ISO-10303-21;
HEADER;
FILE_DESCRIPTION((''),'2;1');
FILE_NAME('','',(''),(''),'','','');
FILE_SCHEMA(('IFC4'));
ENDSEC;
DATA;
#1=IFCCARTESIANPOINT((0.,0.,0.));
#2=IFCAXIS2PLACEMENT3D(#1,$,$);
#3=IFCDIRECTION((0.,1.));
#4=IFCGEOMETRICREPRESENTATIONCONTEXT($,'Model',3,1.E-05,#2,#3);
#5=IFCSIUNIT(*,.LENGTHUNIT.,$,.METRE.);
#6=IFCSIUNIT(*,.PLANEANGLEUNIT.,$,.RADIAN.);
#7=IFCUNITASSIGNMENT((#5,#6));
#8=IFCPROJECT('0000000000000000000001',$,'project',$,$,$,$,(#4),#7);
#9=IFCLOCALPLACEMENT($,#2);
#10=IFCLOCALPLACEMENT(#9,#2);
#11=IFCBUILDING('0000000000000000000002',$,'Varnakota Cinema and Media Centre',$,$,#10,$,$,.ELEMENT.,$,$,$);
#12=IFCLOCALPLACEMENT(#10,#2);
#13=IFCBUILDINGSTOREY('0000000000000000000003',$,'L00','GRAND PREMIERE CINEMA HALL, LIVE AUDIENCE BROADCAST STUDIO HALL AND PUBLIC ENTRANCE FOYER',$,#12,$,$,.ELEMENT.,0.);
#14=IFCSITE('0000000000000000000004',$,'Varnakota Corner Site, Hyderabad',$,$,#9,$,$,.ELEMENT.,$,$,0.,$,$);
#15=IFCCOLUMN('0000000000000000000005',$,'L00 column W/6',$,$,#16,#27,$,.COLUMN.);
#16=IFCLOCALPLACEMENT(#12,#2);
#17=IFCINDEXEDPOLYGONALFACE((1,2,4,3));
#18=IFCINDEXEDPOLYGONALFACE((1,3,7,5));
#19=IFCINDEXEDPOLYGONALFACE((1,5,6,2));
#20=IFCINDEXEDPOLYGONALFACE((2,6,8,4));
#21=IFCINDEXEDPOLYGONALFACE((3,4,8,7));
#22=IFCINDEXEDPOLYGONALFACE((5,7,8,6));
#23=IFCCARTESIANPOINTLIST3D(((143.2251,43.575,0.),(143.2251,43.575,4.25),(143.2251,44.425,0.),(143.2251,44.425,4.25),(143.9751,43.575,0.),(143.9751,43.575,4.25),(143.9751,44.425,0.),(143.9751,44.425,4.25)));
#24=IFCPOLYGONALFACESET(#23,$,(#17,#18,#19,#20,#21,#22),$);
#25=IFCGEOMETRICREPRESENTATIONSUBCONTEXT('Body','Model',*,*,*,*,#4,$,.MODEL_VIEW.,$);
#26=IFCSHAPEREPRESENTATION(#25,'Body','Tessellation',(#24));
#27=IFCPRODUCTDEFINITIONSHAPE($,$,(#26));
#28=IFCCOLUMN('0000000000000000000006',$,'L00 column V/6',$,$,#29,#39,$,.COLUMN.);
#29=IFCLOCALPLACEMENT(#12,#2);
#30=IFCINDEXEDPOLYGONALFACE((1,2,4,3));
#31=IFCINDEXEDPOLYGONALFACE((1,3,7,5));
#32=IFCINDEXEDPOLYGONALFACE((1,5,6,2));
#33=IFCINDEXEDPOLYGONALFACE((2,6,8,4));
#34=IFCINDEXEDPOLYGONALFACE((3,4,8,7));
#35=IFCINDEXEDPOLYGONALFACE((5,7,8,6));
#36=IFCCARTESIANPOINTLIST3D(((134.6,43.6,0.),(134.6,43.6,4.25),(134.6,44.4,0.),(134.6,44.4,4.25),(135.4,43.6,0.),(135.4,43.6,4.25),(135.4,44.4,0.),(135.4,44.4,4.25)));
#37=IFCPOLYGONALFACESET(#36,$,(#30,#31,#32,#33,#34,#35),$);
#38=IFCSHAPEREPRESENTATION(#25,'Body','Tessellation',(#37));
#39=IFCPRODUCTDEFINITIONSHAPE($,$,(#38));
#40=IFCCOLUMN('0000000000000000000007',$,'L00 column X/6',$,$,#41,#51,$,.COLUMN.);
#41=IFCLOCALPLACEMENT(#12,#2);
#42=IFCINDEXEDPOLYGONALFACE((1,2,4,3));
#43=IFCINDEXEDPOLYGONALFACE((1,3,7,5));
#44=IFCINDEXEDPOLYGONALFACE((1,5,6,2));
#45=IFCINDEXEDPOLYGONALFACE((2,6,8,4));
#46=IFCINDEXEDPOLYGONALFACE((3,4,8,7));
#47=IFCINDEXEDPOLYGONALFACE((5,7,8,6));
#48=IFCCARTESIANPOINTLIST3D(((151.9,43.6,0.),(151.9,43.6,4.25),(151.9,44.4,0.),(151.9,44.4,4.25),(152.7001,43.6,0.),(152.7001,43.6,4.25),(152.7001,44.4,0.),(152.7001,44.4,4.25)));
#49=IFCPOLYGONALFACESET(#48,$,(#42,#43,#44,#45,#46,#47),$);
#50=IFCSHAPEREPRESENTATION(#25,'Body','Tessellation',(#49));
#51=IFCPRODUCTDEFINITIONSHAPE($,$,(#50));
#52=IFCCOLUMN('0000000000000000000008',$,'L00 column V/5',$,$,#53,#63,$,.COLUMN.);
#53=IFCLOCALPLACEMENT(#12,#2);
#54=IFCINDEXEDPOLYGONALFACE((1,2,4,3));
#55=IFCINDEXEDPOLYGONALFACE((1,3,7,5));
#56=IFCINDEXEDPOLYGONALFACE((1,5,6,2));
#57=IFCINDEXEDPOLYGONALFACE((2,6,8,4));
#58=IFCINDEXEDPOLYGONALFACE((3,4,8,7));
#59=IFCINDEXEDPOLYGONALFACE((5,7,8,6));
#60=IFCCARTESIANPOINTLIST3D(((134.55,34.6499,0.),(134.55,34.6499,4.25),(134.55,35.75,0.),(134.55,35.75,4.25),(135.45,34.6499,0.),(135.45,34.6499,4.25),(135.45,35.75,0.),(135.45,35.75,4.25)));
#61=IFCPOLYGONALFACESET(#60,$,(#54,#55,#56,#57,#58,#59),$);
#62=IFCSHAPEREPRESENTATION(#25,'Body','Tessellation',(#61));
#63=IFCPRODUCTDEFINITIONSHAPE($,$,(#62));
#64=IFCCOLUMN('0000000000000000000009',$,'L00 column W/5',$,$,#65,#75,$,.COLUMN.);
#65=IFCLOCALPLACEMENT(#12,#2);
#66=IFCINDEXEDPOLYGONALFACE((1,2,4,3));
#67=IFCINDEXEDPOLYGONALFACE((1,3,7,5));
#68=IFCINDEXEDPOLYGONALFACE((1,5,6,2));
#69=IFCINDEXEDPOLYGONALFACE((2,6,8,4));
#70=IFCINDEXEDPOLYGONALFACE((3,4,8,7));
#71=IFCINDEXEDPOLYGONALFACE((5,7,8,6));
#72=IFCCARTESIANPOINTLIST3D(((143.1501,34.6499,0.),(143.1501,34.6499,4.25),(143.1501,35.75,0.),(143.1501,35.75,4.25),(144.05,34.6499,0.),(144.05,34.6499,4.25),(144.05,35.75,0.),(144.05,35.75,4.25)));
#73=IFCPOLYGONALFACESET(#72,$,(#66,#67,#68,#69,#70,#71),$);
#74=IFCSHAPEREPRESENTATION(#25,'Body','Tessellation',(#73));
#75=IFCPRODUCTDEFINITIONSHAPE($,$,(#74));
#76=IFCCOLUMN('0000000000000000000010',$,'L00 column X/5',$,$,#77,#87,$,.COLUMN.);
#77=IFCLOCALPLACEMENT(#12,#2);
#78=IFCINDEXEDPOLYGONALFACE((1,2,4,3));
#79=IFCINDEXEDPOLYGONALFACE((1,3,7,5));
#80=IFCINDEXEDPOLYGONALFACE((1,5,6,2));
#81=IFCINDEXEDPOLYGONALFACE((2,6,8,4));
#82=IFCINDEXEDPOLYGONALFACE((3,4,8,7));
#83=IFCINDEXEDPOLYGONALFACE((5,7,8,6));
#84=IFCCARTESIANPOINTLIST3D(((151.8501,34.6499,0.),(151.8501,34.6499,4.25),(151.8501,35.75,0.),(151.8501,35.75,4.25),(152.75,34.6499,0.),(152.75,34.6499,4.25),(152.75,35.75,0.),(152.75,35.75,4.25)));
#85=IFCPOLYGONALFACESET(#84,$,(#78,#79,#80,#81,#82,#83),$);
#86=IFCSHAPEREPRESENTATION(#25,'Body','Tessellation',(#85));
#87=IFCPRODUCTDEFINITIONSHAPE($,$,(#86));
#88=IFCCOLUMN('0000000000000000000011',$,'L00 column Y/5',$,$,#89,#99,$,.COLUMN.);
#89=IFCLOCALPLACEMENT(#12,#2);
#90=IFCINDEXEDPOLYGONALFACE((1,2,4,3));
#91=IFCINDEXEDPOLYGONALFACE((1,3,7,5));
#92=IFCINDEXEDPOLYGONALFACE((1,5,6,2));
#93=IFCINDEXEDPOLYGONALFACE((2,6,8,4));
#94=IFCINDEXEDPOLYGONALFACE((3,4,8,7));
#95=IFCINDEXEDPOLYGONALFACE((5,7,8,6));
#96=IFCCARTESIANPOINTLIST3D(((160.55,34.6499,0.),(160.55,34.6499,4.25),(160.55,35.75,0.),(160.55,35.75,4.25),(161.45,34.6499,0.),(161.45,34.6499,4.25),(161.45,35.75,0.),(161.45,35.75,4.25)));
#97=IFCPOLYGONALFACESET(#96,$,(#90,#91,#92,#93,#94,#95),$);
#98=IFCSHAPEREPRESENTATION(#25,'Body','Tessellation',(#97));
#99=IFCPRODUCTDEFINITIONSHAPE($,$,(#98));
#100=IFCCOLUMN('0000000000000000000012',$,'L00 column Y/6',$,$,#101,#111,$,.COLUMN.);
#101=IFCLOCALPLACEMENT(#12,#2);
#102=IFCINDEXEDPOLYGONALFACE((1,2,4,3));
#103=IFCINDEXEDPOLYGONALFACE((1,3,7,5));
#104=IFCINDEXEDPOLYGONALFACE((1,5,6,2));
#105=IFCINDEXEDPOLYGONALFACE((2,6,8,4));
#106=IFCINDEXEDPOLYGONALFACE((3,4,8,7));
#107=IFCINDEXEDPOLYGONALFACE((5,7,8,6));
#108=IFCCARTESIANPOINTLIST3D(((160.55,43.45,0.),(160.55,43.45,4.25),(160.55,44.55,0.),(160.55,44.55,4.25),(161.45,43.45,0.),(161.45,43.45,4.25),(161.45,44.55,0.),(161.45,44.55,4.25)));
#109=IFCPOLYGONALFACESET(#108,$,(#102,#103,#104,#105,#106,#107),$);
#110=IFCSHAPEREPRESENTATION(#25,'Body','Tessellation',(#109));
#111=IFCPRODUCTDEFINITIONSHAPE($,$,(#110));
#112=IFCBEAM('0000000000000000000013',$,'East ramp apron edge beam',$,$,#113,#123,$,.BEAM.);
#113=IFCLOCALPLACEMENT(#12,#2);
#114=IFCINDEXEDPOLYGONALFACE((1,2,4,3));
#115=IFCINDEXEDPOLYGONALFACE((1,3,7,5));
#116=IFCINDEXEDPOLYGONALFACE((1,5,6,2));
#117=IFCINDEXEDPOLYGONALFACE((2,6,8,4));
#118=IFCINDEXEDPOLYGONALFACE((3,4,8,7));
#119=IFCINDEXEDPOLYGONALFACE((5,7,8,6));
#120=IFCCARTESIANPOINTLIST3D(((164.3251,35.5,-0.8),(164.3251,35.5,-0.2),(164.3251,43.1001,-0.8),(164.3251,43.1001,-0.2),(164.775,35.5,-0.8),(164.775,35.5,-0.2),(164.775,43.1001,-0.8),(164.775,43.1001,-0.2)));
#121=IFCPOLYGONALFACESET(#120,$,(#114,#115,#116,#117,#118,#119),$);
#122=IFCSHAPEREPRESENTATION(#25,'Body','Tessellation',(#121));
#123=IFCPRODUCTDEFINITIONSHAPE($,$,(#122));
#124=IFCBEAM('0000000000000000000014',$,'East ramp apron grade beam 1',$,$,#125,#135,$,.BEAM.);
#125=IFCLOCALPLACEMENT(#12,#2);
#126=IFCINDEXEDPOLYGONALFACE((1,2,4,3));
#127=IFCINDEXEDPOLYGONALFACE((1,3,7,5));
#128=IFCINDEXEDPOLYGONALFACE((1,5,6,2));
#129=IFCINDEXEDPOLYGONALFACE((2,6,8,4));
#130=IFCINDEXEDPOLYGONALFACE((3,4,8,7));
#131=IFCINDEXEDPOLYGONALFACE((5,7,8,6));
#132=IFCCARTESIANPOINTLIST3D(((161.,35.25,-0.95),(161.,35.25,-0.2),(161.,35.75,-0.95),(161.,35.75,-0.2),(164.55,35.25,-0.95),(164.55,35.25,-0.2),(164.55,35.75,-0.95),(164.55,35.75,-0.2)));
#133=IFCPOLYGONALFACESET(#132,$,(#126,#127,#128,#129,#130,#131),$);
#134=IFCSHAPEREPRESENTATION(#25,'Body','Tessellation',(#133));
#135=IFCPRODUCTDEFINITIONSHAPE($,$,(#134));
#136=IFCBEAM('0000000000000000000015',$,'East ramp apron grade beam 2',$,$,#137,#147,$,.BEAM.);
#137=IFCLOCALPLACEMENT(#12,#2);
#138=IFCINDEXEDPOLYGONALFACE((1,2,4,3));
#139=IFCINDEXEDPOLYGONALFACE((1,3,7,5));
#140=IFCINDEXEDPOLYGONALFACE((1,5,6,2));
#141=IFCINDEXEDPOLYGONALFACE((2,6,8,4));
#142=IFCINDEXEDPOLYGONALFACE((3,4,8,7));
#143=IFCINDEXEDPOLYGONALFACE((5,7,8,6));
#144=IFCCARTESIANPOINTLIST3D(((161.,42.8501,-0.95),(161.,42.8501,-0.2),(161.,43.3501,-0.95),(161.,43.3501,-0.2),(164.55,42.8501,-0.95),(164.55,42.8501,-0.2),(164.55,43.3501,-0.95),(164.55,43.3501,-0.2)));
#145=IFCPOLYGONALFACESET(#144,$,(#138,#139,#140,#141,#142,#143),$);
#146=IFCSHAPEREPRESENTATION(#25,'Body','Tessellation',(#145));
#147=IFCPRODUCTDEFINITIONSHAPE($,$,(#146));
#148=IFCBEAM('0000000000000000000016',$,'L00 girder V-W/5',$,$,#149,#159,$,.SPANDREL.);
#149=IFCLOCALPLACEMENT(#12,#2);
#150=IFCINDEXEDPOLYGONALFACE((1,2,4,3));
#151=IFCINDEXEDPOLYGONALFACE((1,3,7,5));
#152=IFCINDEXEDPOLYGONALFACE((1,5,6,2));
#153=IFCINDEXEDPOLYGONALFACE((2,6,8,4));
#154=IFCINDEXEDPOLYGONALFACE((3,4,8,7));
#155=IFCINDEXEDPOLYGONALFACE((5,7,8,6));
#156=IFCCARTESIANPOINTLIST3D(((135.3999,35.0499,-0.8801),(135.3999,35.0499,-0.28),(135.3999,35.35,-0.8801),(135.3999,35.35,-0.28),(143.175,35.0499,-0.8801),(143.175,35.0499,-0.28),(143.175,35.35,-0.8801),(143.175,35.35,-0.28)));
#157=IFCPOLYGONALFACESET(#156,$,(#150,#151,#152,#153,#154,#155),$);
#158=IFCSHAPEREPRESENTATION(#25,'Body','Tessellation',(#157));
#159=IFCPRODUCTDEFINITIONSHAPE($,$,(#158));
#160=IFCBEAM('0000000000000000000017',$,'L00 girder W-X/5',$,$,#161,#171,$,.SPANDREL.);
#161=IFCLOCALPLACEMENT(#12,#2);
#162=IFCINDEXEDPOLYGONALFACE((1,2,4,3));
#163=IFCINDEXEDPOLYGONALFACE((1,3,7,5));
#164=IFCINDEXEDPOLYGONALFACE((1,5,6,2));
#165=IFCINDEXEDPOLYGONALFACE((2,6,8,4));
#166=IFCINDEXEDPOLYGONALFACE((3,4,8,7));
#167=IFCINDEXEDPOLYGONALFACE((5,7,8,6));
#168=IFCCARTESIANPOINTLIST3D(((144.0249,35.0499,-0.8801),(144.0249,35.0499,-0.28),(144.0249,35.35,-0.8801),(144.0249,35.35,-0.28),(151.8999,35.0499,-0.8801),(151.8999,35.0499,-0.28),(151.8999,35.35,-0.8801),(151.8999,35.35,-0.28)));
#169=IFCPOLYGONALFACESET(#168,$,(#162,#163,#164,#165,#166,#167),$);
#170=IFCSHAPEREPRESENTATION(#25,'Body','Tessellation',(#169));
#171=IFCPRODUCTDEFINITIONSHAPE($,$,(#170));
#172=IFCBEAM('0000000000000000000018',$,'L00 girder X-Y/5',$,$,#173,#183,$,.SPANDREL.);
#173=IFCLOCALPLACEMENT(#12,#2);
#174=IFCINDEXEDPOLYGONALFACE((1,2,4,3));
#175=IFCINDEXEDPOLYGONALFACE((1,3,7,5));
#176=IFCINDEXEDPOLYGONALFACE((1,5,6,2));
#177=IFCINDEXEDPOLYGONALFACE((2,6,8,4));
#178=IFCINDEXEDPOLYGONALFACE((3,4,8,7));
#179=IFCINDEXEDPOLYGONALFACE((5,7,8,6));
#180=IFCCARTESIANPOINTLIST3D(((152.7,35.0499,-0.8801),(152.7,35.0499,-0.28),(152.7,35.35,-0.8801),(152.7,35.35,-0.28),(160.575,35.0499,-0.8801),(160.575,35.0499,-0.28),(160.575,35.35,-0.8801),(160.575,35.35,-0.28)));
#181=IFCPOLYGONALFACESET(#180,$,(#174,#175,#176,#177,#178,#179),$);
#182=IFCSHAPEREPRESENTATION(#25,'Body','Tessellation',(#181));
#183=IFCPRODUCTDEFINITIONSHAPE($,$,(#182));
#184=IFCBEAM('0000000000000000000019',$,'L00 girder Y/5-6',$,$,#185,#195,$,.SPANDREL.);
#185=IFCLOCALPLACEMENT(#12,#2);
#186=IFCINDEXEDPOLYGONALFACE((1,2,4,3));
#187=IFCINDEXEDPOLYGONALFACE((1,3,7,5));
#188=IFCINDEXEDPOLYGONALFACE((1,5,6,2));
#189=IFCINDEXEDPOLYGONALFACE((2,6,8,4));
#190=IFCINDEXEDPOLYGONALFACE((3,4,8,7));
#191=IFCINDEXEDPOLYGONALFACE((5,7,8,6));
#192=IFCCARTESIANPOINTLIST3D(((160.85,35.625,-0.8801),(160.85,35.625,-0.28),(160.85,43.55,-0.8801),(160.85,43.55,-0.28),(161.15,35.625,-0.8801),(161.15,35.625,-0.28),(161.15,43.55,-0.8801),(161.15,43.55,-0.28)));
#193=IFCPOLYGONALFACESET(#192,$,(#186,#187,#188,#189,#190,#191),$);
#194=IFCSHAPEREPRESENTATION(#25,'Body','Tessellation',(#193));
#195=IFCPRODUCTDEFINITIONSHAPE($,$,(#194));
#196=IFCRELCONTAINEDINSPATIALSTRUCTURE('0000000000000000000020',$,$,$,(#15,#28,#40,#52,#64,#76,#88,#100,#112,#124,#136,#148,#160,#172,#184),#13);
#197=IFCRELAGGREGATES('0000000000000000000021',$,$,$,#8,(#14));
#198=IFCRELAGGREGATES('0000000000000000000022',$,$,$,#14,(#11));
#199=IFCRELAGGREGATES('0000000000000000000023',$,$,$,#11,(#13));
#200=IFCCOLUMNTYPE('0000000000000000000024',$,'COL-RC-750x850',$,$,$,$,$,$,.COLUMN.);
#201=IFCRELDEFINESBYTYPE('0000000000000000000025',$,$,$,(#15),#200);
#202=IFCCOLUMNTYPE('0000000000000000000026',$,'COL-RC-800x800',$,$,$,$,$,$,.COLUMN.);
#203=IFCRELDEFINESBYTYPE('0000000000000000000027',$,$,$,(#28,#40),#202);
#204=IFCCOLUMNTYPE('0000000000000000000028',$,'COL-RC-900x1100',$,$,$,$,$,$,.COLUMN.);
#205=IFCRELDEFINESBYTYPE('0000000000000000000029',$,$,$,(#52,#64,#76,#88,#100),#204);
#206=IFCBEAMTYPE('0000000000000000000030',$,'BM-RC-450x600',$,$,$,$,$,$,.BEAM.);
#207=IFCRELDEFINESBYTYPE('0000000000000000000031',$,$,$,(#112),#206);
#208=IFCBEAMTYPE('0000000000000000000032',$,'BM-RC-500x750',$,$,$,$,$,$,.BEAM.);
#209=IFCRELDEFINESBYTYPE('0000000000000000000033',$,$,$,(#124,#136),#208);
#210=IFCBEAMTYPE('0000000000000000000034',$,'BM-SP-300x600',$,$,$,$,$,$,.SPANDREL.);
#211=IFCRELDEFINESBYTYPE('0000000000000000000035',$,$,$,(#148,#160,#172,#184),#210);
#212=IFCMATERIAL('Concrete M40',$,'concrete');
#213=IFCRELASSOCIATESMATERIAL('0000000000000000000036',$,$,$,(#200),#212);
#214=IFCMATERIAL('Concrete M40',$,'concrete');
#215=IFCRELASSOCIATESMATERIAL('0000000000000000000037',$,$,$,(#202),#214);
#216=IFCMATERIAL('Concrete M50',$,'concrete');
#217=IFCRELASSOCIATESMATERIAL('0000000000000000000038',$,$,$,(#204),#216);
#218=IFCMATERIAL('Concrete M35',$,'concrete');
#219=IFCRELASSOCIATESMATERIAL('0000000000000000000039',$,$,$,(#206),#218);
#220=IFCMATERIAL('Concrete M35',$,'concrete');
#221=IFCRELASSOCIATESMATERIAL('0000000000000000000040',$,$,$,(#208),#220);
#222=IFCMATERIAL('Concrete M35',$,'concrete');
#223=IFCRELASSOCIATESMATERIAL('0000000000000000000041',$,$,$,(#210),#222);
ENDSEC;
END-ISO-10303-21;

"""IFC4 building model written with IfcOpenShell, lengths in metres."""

from ifc_helpers import new_model, si_unit, direction, frame, origin, origin_2d, place, context, subcontext, project, spatial, rectangle, extrude, material, material_profile, profile_set, type_object, element, save


model = new_model("IFC4")

# Units and contexts
model_context = context("Model", 3, precision=1e-05, world=origin(), true_north=direction((0.0, 1.0)))
body_context = subcontext(model_context, "Body", "Model", "MODEL_VIEW")
ifc_project = project(units=[si_unit("LENGTHUNIT", "METRE"), si_unit("PLANEANGLEUNIT", "RADIAN")], contexts=[model_context])

# Site, building, storey
site_placement = place(None, origin())
site = spatial("IfcSite", under=ifc_project, at=site_placement, Name="Varnakota Corner Site, Hyderabad", CompositionType="ELEMENT", RefElevation=0.0)
building_placement = place(site_placement, origin())
building = spatial("IfcBuilding", under=site, at=building_placement, Name="Varnakota Cinema and Media Centre", CompositionType="ELEMENT")
storey_placement = place(building_placement, origin())
storey = spatial("IfcBuildingStorey", under=building, at=storey_placement, Name="L00", Description="GRAND PREMIERE CINEMA HALL, LIVE AUDIENCE BROADCAST STUDIO HALL AND PUBLIC ENTRANCE FOYER", CompositionType="ELEMENT", Elevation=0.0)

# Columns
ifc_material_1 = material(Name="Concrete M40", Category="concrete")
ifc_material_profile_1 = material_profile(ifc_material_1, rectangle(XDim=0.75, YDim=0.8501, at=origin_2d()), Name="RC 750x850")
ifc_profile_set_1 = profile_set([ifc_material_profile_1], Name="Concrete M40")
column_type_1 = type_object("IfcColumnType", Name="COL-RC-750x850", PredefinedType="COLUMN", material=ifc_profile_set_1)
column_placement = place(storey_placement, frame((143.6001, 44.0, 0.0), z_axis=(0.0, 0.0, 1.0), x_axis=(1.0, 0.0, 0.0)))
element("IfcColumn", 1, at=column_placement, inside=storey, type_object=column_type_1, Name="L00 column W/6", PredefinedType="COLUMN", context=body_context, shape_type="SweptSolid", body=[
    extrude(rectangle(XDim=0.75, YDim=0.8501, at=origin_2d()), origin(), (0.0, 0.0, 1.0), 4.25),
])
ifc_material_2 = material(Name="Concrete M40", Category="concrete")
ifc_material_profile_2 = material_profile(ifc_material_2, rectangle(XDim=0.8, YDim=0.8, at=origin_2d()), Name="RC 800x800")
ifc_profile_set_2 = profile_set([ifc_material_profile_2], Name="Concrete M40")
column_type_2 = type_object("IfcColumnType", Name="COL-RC-800x800", PredefinedType="COLUMN", material=ifc_profile_set_2)
for number, where, z_axis, x_axis, name in (
    (2, (135.0, 44.0, 0.0), (0.0, 0.0, 1.0), (1.0, 0.0, 0.0), "L00 column V/6"),
    (3, (152.3, 44.0, 0.0), (0.0, 0.0, 1.0), (1.0, 0.0, 0.0), "L00 column X/6"),
):
    element("IfcColumn", number, at=place(storey_placement, frame(where, z_axis=z_axis, x_axis=x_axis)), inside=storey, type_object=column_type_2, Name=name, PredefinedType="COLUMN", context=body_context, shape_type="SweptSolid", body=[
        extrude(rectangle(XDim=0.8, YDim=0.8, at=origin_2d()), origin(), (0.0, 0.0, 1.0), 4.25),
    ])
ifc_material_3 = material(Name="Concrete M50", Category="concrete")
ifc_material_profile_3 = material_profile(ifc_material_3, rectangle(XDim=0.8999, YDim=1.1001, at=origin_2d()), Name="RC 900x1100")
ifc_profile_set_3 = profile_set([ifc_material_profile_3], Name="Concrete M50")
column_type_3 = type_object("IfcColumnType", Name="COL-RC-900x1100", PredefinedType="COLUMN", material=ifc_profile_set_3)
for number, where, z_axis, x_axis, name in (
    (4, (135.0, 35.2, 0.0), (0.0, 0.0, 1.0), (1.0, 0.0, 0.0), "L00 column V/5"),
    (5, (143.6001, 35.2, 0.0), (0.0, 0.0, 1.0), (1.0, 0.0, 0.0), "L00 column W/5"),
    (6, (152.3, 35.2, 0.0), (0.0, 0.0, 1.0), (1.0, 0.0, 0.0), "L00 column X/5"),
    (7, (161.0, 35.2, 0.0), (0.0, 0.0, 1.0), (1.0, 0.0, 0.0), "L00 column Y/5"),
    (8, (161.0, 44.0, 0.0), (0.0, 0.0, 1.0), (1.0, 0.0, 0.0), "L00 column Y/6"),
):
    element("IfcColumn", number, at=place(storey_placement, frame(where, z_axis=z_axis, x_axis=x_axis)), inside=storey, type_object=column_type_3, Name=name, PredefinedType="COLUMN", context=body_context, shape_type="SweptSolid", body=[
        extrude(rectangle(XDim=0.8999, YDim=1.1001, at=origin_2d()), origin(), (0.0, 0.0, 1.0), 4.25),
    ])

# Beams
ifc_material_4 = material(Name="Concrete M35", Category="concrete")
ifc_material_profile_4 = material_profile(ifc_material_4, rectangle(XDim=0.45, YDim=0.6001, at=origin_2d()), Name="RCB 450x600")
ifc_profile_set_4 = profile_set([ifc_material_profile_4], Name="Concrete M35")
beam_type_1 = type_object("IfcBeamType", Name="BM-RC-450x600", PredefinedType="BEAM", material=ifc_profile_set_4)
beam_1_placement = place(storey_placement, frame((164.55, 35.5, -0.5), z_axis=(0.0, 1.0, 0.0), x_axis=(-1.0, 0.0, 0.0)))
element("IfcBeam", 9, at=beam_1_placement, inside=storey, type_object=beam_type_1, Name="East ramp apron edge beam", PredefinedType="BEAM", context=body_context, shape_type="SweptSolid", body=[
    extrude(rectangle(XDim=0.45, YDim=0.6001, at=origin_2d()), origin(), (0.0, 0.0, 1.0), 7.6001),
])
ifc_material_5 = material(Name="Concrete M35", Category="concrete")
ifc_material_profile_5 = material_profile(ifc_material_5, rectangle(XDim=0.5, YDim=0.75, at=origin_2d()), Name="RCB 500x750")
ifc_profile_set_5 = profile_set([ifc_material_profile_5], Name="Concrete M35")
beam_type_2 = type_object("IfcBeamType", Name="BM-RC-500x750", PredefinedType="BEAM", material=ifc_profile_set_5)
for number, where, z_axis, x_axis, name in (
    (10, (161.0, 35.5, -0.575), (1.0, 0.0, 0.0), (0.0, 1.0, 0.0), "East ramp apron grade beam 1"),
    (11, (161.0, 43.1001, -0.575), (1.0, 0.0, 0.0), (0.0, 1.0, 0.0), "East ramp apron grade beam 2"),
):
    element("IfcBeam", number, at=place(storey_placement, frame(where, z_axis=z_axis, x_axis=x_axis)), inside=storey, type_object=beam_type_2, Name=name, PredefinedType="BEAM", context=body_context, shape_type="SweptSolid", body=[
        extrude(rectangle(XDim=0.5, YDim=0.75, at=origin_2d()), origin(), (0.0, 0.0, 1.0), 3.55),
    ])
ifc_material_6 = material(Name="Concrete M35", Category="concrete")
ifc_material_profile_6 = material_profile(ifc_material_6, rectangle(XDim=0.3, YDim=0.6001, at=origin_2d()), Name="RCB 300x600")
ifc_profile_set_6 = profile_set([ifc_material_profile_6], Name="Concrete M35")
beam_type_3 = type_object("IfcBeamType", Name="BM-SP-300x600", PredefinedType="SPANDREL", material=ifc_profile_set_6)
beam_2_placement = place(storey_placement, frame((135.3999, 35.2, -0.5801), z_axis=(1.0, 0.0, 0.0), x_axis=(0.0, 1.0, 0.0)))
element("IfcBeam", 12, at=beam_2_placement, inside=storey, type_object=beam_type_3, Name="L00 girder V-W/5", PredefinedType="SPANDREL", context=body_context, shape_type="SweptSolid", body=[
    extrude(rectangle(XDim=0.3, YDim=0.6001, at=origin_2d()), origin(), (0.0, 0.0, 1.0), 7.7751),
])
for number, where, z_axis, x_axis, name in (
    (13, (144.0249, 35.2, -0.5801), (1.0, 0.0, 0.0), (0.0, 1.0, 0.0), "L00 girder W-X/5"),
    (14, (152.7, 35.2, -0.5801), (1.0, 0.0, 0.0), (0.0, 1.0, 0.0), "L00 girder X-Y/5"),
):
    element("IfcBeam", number, at=place(storey_placement, frame(where, z_axis=z_axis, x_axis=x_axis)), inside=storey, type_object=beam_type_3, Name=name, PredefinedType="SPANDREL", context=body_context, shape_type="SweptSolid", body=[
        extrude(rectangle(XDim=0.3, YDim=0.6001, at=origin_2d()), origin(), (0.0, 0.0, 1.0), 7.875),
    ])
beam_3_placement = place(storey_placement, frame((161.0, 35.625, -0.5801), z_axis=(0.0, 1.0, 0.0), x_axis=(-1.0, 0.0, 0.0)))
element("IfcBeam", 15, at=beam_3_placement, inside=storey, type_object=beam_type_3, Name="L00 girder Y/5-6", PredefinedType="SPANDREL", context=body_context, shape_type="SweptSolid", body=[
    extrude(rectangle(XDim=0.3, YDim=0.6001, at=origin_2d()), origin(), (0.0, 0.0, 1.0), 7.925),
])

save(model, "model.ifc")
